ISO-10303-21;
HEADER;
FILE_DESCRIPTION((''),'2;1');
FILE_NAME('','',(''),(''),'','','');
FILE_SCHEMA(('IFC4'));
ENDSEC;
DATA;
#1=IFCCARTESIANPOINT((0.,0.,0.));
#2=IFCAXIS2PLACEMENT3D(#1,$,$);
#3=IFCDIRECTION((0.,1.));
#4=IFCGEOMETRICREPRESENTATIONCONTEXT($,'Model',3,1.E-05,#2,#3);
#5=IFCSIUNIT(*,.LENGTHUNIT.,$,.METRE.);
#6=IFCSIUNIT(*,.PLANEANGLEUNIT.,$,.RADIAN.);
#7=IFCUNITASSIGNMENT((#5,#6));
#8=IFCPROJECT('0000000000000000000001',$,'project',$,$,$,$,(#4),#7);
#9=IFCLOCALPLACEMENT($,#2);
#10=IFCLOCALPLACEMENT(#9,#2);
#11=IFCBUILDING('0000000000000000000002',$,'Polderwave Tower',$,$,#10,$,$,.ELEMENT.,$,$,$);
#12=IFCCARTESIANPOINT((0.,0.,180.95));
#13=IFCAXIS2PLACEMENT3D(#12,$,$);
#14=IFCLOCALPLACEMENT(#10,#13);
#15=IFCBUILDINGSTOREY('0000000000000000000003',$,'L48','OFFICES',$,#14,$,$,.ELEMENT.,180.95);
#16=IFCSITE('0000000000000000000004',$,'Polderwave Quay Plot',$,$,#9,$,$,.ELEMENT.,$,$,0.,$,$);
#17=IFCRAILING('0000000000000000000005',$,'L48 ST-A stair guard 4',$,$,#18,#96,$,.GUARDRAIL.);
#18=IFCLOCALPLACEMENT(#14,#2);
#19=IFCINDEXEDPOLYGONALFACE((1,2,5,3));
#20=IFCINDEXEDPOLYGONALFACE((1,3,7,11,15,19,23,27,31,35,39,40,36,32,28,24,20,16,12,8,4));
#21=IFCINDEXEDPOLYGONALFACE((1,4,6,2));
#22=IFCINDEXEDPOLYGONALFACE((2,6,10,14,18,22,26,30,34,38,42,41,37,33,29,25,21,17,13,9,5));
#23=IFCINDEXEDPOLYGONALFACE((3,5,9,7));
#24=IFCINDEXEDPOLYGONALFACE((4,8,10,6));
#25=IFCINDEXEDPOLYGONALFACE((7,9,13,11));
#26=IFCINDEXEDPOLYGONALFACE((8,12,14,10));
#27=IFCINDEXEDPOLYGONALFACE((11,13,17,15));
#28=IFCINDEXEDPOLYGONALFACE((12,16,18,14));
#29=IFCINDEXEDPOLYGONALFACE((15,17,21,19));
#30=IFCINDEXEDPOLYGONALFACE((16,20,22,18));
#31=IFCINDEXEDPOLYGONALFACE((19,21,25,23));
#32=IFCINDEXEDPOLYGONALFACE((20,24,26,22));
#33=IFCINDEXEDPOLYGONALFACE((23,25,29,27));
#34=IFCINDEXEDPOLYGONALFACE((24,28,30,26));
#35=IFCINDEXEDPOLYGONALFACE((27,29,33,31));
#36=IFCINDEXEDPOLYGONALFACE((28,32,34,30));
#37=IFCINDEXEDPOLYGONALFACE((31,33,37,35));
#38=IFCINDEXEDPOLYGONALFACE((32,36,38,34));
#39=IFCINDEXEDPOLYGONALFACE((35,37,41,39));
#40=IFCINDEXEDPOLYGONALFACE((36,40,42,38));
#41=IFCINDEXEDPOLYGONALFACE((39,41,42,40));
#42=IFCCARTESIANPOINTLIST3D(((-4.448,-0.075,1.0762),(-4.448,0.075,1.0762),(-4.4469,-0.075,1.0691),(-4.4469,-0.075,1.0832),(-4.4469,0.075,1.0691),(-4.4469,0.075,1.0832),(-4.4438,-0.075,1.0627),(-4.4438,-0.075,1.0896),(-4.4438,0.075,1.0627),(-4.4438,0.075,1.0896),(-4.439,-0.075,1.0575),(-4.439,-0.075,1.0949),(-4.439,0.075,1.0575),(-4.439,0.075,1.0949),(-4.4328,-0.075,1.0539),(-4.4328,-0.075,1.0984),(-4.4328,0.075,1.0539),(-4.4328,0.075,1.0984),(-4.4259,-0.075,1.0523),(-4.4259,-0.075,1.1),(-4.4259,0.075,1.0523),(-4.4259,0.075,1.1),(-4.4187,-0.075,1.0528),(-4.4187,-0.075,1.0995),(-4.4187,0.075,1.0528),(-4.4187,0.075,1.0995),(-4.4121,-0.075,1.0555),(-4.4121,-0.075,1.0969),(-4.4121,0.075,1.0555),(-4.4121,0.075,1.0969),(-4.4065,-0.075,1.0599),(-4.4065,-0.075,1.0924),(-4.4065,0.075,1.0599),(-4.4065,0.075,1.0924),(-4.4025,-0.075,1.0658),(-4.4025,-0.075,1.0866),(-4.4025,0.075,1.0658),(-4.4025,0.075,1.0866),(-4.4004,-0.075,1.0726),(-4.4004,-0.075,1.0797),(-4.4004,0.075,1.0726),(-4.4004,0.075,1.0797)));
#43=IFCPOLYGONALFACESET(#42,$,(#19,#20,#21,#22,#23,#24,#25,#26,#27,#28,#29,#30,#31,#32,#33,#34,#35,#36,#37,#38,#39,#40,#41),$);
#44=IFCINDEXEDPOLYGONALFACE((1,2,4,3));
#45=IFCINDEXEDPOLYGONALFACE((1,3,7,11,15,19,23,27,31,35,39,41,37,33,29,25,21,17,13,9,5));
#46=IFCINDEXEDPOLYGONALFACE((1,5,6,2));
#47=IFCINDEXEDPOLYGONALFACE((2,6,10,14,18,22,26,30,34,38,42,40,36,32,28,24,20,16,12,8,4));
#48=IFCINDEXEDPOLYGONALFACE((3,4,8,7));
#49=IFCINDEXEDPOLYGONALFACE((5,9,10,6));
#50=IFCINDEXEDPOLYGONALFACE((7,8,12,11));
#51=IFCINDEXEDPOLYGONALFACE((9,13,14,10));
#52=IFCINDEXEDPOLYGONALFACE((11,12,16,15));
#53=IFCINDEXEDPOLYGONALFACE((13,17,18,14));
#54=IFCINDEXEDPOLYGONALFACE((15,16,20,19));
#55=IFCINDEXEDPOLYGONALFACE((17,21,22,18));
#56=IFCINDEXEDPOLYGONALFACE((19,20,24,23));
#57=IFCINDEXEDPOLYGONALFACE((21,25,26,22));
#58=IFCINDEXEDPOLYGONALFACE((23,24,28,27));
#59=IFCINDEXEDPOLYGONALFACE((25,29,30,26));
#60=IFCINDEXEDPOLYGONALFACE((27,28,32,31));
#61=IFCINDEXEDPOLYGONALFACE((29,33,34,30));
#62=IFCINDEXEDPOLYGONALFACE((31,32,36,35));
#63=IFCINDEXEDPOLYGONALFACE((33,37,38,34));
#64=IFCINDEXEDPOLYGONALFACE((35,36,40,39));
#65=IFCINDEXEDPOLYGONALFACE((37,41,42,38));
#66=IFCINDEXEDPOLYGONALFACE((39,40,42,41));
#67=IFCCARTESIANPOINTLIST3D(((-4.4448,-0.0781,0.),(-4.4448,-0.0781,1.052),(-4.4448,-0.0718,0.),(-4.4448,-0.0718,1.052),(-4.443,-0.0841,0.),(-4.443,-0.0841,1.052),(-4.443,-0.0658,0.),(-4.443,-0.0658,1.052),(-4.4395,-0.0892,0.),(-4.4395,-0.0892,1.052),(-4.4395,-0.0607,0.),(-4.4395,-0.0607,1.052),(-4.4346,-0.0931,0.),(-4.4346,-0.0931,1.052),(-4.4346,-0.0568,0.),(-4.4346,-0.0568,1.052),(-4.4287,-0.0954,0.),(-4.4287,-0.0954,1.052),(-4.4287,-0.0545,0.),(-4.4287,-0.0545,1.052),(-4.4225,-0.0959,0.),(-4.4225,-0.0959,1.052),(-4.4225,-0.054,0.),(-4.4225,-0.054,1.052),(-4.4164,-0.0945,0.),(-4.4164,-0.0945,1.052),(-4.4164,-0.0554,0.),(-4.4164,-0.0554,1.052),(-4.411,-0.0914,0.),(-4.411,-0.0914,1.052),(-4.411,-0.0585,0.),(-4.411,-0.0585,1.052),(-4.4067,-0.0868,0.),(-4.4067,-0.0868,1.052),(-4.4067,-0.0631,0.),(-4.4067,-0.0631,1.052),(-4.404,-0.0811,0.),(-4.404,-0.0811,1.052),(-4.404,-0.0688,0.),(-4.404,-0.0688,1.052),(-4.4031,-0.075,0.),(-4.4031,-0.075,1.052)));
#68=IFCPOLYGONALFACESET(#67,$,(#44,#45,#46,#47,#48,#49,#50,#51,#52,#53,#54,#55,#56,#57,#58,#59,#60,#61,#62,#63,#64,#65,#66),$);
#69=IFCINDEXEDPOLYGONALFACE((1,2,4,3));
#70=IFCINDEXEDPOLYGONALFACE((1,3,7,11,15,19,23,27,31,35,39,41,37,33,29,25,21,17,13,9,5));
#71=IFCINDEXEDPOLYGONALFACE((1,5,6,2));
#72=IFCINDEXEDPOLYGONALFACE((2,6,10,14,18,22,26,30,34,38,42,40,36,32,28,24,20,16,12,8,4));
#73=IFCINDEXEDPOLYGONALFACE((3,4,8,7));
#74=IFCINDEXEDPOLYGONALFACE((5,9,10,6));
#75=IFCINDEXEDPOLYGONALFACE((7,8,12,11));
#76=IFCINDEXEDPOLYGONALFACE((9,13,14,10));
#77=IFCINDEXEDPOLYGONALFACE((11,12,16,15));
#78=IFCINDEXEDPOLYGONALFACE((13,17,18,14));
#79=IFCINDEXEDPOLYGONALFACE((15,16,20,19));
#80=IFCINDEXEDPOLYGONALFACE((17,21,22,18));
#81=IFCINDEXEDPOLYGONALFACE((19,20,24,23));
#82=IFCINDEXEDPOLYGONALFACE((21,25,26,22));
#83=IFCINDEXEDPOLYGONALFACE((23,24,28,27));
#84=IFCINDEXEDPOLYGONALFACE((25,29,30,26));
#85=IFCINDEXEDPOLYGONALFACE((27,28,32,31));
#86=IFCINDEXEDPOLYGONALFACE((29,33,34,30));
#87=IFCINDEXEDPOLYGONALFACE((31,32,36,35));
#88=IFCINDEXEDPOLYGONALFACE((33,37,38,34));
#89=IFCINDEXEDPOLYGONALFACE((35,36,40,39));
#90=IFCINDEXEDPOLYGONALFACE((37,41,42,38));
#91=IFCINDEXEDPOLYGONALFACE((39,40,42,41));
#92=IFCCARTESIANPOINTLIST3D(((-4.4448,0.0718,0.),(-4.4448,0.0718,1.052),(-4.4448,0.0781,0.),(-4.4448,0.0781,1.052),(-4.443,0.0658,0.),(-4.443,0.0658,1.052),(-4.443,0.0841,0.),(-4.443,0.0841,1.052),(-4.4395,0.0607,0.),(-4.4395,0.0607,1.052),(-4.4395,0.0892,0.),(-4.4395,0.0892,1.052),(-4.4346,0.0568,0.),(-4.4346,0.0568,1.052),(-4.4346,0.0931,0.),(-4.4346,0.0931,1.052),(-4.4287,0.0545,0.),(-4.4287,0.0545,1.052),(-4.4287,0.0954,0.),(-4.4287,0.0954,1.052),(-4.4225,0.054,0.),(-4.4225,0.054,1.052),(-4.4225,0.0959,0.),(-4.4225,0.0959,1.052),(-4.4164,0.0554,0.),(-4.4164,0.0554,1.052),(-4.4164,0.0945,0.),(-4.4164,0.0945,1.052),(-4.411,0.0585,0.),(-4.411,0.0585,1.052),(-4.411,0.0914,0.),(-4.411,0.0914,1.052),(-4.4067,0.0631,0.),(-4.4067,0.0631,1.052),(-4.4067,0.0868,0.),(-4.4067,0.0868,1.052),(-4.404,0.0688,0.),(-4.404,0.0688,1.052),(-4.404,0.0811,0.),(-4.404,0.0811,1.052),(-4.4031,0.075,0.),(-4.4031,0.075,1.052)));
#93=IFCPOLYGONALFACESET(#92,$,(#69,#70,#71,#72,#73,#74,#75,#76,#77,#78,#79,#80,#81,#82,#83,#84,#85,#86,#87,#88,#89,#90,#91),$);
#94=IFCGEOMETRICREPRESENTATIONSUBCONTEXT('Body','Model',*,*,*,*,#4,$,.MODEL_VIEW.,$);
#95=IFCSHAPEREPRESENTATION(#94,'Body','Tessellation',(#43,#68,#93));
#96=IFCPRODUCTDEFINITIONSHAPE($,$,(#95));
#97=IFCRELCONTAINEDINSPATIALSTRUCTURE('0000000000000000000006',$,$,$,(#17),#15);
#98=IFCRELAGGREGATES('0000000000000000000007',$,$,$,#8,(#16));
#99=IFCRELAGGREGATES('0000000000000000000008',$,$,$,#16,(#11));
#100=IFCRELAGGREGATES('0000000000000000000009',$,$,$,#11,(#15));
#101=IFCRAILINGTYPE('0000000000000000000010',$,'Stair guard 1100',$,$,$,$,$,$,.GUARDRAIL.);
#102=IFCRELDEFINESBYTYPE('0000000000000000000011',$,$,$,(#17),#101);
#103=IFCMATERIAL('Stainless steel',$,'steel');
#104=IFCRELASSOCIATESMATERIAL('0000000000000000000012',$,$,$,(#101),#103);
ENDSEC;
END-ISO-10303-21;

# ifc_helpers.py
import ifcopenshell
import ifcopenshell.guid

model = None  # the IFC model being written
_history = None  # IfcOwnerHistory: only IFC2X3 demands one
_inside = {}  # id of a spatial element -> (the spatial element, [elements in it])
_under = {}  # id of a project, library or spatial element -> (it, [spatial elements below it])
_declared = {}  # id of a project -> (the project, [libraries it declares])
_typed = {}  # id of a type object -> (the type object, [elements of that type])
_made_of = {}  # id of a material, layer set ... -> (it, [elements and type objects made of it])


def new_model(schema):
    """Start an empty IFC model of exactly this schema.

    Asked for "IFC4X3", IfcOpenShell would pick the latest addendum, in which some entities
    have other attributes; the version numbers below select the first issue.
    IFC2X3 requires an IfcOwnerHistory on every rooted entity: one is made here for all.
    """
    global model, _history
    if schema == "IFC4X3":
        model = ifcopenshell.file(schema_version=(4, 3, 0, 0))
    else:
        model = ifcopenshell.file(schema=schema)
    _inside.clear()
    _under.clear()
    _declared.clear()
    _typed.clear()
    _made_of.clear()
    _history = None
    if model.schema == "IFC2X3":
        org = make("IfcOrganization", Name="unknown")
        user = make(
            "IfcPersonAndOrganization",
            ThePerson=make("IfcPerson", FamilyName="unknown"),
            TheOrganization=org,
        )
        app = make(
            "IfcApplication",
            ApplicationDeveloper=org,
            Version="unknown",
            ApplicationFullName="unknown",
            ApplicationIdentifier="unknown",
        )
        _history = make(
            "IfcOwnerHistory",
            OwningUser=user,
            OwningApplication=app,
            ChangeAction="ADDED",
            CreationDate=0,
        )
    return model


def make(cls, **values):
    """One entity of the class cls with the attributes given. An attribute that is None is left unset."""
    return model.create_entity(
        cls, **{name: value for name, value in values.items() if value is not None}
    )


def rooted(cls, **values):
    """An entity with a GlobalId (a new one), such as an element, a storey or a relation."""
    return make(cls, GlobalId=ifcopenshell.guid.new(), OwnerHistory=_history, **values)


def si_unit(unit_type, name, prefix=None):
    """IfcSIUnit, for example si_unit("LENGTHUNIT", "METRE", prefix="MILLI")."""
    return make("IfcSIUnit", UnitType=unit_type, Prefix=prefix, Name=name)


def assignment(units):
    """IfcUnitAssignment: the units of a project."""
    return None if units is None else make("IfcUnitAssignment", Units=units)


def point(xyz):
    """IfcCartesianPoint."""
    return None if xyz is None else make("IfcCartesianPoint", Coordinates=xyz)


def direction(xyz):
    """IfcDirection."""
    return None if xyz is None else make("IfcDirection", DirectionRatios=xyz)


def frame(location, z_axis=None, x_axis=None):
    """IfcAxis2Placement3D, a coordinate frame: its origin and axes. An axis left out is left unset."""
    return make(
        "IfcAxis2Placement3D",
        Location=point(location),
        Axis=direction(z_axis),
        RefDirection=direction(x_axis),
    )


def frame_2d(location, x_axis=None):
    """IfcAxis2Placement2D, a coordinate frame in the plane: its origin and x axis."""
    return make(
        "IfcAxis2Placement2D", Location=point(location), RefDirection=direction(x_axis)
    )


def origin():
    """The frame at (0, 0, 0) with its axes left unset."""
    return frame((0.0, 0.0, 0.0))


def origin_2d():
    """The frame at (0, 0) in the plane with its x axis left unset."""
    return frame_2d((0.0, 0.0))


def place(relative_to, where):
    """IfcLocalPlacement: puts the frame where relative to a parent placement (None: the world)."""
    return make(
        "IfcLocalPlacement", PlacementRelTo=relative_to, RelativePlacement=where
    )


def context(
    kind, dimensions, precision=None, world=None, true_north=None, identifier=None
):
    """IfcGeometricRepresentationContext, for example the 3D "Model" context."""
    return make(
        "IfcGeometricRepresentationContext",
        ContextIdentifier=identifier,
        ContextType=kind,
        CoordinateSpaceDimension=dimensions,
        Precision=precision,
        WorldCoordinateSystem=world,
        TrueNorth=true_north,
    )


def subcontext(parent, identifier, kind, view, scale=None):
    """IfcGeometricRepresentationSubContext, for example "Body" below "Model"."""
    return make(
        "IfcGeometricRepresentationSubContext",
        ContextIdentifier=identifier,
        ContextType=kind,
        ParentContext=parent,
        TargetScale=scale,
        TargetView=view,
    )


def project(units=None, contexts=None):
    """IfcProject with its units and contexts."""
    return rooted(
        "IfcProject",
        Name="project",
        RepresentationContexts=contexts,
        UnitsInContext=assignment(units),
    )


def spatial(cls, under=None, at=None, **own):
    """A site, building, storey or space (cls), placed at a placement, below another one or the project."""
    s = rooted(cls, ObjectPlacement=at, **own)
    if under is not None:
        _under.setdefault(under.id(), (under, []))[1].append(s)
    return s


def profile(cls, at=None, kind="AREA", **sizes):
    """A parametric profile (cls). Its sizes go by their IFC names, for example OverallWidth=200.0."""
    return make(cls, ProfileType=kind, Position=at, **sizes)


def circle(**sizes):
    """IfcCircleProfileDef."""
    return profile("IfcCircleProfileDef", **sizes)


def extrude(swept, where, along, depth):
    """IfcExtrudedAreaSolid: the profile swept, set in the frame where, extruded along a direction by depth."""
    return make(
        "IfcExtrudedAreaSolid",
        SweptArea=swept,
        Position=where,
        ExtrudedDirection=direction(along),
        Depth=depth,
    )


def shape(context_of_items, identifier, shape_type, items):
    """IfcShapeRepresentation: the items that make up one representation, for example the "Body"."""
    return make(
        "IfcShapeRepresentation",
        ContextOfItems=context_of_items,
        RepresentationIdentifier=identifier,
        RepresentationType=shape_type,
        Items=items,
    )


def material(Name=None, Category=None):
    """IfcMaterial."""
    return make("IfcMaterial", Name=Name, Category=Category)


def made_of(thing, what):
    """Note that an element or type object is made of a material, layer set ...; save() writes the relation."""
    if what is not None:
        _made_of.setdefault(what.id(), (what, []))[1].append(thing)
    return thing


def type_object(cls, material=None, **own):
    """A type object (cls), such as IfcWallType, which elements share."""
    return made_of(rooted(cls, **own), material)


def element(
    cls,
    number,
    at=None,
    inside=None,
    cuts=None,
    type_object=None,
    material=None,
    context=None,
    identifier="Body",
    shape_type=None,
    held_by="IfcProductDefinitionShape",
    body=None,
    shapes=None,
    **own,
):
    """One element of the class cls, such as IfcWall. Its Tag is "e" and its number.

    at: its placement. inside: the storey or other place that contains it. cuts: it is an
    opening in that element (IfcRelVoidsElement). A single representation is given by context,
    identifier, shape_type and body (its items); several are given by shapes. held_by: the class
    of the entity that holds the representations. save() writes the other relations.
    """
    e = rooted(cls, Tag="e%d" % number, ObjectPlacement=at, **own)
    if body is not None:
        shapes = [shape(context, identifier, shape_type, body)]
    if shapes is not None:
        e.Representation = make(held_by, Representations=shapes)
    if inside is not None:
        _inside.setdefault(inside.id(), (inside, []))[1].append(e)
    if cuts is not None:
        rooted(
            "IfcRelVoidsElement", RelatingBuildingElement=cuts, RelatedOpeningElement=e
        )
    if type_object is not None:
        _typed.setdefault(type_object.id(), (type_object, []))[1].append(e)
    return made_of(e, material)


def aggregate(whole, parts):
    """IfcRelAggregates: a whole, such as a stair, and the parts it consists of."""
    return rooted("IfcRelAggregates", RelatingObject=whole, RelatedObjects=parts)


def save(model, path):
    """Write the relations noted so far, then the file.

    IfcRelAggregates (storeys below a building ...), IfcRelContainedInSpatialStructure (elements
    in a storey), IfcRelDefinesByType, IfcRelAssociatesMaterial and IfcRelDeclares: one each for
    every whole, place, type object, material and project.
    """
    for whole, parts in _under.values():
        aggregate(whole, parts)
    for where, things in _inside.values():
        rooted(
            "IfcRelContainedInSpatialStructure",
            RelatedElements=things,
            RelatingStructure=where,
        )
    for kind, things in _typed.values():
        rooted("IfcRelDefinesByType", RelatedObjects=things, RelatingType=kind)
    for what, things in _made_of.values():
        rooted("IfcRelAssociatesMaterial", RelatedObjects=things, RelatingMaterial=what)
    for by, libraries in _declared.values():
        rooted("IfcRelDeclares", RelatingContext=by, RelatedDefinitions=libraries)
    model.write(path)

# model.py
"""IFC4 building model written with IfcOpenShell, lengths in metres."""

from ifc_helpers import new_model, si_unit, direction, frame, origin, origin_2d, place, context, subcontext, project, spatial, circle, extrude, material, type_object, element, save


model = new_model("IFC4")

# Units and contexts
model_context = context("Model", 3, precision=1e-05, world=origin(), true_north=direction((0.0, 1.0)))
body_context = subcontext(model_context, "Body", "Model", "MODEL_VIEW")
ifc_project = project(units=[si_unit("LENGTHUNIT", "METRE"), si_unit("PLANEANGLEUNIT", "RADIAN")], contexts=[model_context])

# Site, building, storey
site_placement = place(None, origin())
site = spatial("IfcSite", under=ifc_project, at=site_placement, Name="Polderwave Quay Plot", CompositionType="ELEMENT", RefElevation=0.0)
building_placement = place(site_placement, origin())
building = spatial("IfcBuilding", under=site, at=building_placement, Name="Polderwave Tower", CompositionType="ELEMENT")
storey_placement = place(building_placement, frame((0.0, 0.0, 180.95)))
storey = spatial("IfcBuildingStorey", under=building, at=storey_placement, Name="L48", Description="OFFICES", CompositionType="ELEMENT", Elevation=180.95)

# Shared definitions
ifc_material_1 = material(Name="Stainless steel", Category="steel")

# Railing
railing_type_1 = type_object("IfcRailingType", Name="Stair guard 1100", PredefinedType="GUARDRAIL", material=ifc_material_1)
railing_1_placement = place(storey_placement, frame((-4.4241, -0.075, 0.0)))
element("IfcRailing", 1, at=railing_1_placement, inside=storey, type_object=railing_type_1, Name="L48 ST-A stair guard 4", PredefinedType="GUARDRAIL", context=body_context, shape_type="SweptSolid", body=[
    extrude(circle(Radius=0.0239, at=origin_2d()), frame((0.0, 0.0, 1.0762), z_axis=(0.0, 1.0, 0.0), x_axis=(-1.0, 0.0, 0.0)), (0.0, 0.0, 1.0), 0.1499),
    extrude(circle(Radius=0.021, at=origin_2d()), origin(), (0.0, 0.0, 1.0), 1.052),
    extrude(circle(Radius=0.021, at=origin_2d()), frame((0.0, 0.1499, 0.0)), (0.0, 0.0, 1.0), 1.052),
])

save(model, "model.ifc")
